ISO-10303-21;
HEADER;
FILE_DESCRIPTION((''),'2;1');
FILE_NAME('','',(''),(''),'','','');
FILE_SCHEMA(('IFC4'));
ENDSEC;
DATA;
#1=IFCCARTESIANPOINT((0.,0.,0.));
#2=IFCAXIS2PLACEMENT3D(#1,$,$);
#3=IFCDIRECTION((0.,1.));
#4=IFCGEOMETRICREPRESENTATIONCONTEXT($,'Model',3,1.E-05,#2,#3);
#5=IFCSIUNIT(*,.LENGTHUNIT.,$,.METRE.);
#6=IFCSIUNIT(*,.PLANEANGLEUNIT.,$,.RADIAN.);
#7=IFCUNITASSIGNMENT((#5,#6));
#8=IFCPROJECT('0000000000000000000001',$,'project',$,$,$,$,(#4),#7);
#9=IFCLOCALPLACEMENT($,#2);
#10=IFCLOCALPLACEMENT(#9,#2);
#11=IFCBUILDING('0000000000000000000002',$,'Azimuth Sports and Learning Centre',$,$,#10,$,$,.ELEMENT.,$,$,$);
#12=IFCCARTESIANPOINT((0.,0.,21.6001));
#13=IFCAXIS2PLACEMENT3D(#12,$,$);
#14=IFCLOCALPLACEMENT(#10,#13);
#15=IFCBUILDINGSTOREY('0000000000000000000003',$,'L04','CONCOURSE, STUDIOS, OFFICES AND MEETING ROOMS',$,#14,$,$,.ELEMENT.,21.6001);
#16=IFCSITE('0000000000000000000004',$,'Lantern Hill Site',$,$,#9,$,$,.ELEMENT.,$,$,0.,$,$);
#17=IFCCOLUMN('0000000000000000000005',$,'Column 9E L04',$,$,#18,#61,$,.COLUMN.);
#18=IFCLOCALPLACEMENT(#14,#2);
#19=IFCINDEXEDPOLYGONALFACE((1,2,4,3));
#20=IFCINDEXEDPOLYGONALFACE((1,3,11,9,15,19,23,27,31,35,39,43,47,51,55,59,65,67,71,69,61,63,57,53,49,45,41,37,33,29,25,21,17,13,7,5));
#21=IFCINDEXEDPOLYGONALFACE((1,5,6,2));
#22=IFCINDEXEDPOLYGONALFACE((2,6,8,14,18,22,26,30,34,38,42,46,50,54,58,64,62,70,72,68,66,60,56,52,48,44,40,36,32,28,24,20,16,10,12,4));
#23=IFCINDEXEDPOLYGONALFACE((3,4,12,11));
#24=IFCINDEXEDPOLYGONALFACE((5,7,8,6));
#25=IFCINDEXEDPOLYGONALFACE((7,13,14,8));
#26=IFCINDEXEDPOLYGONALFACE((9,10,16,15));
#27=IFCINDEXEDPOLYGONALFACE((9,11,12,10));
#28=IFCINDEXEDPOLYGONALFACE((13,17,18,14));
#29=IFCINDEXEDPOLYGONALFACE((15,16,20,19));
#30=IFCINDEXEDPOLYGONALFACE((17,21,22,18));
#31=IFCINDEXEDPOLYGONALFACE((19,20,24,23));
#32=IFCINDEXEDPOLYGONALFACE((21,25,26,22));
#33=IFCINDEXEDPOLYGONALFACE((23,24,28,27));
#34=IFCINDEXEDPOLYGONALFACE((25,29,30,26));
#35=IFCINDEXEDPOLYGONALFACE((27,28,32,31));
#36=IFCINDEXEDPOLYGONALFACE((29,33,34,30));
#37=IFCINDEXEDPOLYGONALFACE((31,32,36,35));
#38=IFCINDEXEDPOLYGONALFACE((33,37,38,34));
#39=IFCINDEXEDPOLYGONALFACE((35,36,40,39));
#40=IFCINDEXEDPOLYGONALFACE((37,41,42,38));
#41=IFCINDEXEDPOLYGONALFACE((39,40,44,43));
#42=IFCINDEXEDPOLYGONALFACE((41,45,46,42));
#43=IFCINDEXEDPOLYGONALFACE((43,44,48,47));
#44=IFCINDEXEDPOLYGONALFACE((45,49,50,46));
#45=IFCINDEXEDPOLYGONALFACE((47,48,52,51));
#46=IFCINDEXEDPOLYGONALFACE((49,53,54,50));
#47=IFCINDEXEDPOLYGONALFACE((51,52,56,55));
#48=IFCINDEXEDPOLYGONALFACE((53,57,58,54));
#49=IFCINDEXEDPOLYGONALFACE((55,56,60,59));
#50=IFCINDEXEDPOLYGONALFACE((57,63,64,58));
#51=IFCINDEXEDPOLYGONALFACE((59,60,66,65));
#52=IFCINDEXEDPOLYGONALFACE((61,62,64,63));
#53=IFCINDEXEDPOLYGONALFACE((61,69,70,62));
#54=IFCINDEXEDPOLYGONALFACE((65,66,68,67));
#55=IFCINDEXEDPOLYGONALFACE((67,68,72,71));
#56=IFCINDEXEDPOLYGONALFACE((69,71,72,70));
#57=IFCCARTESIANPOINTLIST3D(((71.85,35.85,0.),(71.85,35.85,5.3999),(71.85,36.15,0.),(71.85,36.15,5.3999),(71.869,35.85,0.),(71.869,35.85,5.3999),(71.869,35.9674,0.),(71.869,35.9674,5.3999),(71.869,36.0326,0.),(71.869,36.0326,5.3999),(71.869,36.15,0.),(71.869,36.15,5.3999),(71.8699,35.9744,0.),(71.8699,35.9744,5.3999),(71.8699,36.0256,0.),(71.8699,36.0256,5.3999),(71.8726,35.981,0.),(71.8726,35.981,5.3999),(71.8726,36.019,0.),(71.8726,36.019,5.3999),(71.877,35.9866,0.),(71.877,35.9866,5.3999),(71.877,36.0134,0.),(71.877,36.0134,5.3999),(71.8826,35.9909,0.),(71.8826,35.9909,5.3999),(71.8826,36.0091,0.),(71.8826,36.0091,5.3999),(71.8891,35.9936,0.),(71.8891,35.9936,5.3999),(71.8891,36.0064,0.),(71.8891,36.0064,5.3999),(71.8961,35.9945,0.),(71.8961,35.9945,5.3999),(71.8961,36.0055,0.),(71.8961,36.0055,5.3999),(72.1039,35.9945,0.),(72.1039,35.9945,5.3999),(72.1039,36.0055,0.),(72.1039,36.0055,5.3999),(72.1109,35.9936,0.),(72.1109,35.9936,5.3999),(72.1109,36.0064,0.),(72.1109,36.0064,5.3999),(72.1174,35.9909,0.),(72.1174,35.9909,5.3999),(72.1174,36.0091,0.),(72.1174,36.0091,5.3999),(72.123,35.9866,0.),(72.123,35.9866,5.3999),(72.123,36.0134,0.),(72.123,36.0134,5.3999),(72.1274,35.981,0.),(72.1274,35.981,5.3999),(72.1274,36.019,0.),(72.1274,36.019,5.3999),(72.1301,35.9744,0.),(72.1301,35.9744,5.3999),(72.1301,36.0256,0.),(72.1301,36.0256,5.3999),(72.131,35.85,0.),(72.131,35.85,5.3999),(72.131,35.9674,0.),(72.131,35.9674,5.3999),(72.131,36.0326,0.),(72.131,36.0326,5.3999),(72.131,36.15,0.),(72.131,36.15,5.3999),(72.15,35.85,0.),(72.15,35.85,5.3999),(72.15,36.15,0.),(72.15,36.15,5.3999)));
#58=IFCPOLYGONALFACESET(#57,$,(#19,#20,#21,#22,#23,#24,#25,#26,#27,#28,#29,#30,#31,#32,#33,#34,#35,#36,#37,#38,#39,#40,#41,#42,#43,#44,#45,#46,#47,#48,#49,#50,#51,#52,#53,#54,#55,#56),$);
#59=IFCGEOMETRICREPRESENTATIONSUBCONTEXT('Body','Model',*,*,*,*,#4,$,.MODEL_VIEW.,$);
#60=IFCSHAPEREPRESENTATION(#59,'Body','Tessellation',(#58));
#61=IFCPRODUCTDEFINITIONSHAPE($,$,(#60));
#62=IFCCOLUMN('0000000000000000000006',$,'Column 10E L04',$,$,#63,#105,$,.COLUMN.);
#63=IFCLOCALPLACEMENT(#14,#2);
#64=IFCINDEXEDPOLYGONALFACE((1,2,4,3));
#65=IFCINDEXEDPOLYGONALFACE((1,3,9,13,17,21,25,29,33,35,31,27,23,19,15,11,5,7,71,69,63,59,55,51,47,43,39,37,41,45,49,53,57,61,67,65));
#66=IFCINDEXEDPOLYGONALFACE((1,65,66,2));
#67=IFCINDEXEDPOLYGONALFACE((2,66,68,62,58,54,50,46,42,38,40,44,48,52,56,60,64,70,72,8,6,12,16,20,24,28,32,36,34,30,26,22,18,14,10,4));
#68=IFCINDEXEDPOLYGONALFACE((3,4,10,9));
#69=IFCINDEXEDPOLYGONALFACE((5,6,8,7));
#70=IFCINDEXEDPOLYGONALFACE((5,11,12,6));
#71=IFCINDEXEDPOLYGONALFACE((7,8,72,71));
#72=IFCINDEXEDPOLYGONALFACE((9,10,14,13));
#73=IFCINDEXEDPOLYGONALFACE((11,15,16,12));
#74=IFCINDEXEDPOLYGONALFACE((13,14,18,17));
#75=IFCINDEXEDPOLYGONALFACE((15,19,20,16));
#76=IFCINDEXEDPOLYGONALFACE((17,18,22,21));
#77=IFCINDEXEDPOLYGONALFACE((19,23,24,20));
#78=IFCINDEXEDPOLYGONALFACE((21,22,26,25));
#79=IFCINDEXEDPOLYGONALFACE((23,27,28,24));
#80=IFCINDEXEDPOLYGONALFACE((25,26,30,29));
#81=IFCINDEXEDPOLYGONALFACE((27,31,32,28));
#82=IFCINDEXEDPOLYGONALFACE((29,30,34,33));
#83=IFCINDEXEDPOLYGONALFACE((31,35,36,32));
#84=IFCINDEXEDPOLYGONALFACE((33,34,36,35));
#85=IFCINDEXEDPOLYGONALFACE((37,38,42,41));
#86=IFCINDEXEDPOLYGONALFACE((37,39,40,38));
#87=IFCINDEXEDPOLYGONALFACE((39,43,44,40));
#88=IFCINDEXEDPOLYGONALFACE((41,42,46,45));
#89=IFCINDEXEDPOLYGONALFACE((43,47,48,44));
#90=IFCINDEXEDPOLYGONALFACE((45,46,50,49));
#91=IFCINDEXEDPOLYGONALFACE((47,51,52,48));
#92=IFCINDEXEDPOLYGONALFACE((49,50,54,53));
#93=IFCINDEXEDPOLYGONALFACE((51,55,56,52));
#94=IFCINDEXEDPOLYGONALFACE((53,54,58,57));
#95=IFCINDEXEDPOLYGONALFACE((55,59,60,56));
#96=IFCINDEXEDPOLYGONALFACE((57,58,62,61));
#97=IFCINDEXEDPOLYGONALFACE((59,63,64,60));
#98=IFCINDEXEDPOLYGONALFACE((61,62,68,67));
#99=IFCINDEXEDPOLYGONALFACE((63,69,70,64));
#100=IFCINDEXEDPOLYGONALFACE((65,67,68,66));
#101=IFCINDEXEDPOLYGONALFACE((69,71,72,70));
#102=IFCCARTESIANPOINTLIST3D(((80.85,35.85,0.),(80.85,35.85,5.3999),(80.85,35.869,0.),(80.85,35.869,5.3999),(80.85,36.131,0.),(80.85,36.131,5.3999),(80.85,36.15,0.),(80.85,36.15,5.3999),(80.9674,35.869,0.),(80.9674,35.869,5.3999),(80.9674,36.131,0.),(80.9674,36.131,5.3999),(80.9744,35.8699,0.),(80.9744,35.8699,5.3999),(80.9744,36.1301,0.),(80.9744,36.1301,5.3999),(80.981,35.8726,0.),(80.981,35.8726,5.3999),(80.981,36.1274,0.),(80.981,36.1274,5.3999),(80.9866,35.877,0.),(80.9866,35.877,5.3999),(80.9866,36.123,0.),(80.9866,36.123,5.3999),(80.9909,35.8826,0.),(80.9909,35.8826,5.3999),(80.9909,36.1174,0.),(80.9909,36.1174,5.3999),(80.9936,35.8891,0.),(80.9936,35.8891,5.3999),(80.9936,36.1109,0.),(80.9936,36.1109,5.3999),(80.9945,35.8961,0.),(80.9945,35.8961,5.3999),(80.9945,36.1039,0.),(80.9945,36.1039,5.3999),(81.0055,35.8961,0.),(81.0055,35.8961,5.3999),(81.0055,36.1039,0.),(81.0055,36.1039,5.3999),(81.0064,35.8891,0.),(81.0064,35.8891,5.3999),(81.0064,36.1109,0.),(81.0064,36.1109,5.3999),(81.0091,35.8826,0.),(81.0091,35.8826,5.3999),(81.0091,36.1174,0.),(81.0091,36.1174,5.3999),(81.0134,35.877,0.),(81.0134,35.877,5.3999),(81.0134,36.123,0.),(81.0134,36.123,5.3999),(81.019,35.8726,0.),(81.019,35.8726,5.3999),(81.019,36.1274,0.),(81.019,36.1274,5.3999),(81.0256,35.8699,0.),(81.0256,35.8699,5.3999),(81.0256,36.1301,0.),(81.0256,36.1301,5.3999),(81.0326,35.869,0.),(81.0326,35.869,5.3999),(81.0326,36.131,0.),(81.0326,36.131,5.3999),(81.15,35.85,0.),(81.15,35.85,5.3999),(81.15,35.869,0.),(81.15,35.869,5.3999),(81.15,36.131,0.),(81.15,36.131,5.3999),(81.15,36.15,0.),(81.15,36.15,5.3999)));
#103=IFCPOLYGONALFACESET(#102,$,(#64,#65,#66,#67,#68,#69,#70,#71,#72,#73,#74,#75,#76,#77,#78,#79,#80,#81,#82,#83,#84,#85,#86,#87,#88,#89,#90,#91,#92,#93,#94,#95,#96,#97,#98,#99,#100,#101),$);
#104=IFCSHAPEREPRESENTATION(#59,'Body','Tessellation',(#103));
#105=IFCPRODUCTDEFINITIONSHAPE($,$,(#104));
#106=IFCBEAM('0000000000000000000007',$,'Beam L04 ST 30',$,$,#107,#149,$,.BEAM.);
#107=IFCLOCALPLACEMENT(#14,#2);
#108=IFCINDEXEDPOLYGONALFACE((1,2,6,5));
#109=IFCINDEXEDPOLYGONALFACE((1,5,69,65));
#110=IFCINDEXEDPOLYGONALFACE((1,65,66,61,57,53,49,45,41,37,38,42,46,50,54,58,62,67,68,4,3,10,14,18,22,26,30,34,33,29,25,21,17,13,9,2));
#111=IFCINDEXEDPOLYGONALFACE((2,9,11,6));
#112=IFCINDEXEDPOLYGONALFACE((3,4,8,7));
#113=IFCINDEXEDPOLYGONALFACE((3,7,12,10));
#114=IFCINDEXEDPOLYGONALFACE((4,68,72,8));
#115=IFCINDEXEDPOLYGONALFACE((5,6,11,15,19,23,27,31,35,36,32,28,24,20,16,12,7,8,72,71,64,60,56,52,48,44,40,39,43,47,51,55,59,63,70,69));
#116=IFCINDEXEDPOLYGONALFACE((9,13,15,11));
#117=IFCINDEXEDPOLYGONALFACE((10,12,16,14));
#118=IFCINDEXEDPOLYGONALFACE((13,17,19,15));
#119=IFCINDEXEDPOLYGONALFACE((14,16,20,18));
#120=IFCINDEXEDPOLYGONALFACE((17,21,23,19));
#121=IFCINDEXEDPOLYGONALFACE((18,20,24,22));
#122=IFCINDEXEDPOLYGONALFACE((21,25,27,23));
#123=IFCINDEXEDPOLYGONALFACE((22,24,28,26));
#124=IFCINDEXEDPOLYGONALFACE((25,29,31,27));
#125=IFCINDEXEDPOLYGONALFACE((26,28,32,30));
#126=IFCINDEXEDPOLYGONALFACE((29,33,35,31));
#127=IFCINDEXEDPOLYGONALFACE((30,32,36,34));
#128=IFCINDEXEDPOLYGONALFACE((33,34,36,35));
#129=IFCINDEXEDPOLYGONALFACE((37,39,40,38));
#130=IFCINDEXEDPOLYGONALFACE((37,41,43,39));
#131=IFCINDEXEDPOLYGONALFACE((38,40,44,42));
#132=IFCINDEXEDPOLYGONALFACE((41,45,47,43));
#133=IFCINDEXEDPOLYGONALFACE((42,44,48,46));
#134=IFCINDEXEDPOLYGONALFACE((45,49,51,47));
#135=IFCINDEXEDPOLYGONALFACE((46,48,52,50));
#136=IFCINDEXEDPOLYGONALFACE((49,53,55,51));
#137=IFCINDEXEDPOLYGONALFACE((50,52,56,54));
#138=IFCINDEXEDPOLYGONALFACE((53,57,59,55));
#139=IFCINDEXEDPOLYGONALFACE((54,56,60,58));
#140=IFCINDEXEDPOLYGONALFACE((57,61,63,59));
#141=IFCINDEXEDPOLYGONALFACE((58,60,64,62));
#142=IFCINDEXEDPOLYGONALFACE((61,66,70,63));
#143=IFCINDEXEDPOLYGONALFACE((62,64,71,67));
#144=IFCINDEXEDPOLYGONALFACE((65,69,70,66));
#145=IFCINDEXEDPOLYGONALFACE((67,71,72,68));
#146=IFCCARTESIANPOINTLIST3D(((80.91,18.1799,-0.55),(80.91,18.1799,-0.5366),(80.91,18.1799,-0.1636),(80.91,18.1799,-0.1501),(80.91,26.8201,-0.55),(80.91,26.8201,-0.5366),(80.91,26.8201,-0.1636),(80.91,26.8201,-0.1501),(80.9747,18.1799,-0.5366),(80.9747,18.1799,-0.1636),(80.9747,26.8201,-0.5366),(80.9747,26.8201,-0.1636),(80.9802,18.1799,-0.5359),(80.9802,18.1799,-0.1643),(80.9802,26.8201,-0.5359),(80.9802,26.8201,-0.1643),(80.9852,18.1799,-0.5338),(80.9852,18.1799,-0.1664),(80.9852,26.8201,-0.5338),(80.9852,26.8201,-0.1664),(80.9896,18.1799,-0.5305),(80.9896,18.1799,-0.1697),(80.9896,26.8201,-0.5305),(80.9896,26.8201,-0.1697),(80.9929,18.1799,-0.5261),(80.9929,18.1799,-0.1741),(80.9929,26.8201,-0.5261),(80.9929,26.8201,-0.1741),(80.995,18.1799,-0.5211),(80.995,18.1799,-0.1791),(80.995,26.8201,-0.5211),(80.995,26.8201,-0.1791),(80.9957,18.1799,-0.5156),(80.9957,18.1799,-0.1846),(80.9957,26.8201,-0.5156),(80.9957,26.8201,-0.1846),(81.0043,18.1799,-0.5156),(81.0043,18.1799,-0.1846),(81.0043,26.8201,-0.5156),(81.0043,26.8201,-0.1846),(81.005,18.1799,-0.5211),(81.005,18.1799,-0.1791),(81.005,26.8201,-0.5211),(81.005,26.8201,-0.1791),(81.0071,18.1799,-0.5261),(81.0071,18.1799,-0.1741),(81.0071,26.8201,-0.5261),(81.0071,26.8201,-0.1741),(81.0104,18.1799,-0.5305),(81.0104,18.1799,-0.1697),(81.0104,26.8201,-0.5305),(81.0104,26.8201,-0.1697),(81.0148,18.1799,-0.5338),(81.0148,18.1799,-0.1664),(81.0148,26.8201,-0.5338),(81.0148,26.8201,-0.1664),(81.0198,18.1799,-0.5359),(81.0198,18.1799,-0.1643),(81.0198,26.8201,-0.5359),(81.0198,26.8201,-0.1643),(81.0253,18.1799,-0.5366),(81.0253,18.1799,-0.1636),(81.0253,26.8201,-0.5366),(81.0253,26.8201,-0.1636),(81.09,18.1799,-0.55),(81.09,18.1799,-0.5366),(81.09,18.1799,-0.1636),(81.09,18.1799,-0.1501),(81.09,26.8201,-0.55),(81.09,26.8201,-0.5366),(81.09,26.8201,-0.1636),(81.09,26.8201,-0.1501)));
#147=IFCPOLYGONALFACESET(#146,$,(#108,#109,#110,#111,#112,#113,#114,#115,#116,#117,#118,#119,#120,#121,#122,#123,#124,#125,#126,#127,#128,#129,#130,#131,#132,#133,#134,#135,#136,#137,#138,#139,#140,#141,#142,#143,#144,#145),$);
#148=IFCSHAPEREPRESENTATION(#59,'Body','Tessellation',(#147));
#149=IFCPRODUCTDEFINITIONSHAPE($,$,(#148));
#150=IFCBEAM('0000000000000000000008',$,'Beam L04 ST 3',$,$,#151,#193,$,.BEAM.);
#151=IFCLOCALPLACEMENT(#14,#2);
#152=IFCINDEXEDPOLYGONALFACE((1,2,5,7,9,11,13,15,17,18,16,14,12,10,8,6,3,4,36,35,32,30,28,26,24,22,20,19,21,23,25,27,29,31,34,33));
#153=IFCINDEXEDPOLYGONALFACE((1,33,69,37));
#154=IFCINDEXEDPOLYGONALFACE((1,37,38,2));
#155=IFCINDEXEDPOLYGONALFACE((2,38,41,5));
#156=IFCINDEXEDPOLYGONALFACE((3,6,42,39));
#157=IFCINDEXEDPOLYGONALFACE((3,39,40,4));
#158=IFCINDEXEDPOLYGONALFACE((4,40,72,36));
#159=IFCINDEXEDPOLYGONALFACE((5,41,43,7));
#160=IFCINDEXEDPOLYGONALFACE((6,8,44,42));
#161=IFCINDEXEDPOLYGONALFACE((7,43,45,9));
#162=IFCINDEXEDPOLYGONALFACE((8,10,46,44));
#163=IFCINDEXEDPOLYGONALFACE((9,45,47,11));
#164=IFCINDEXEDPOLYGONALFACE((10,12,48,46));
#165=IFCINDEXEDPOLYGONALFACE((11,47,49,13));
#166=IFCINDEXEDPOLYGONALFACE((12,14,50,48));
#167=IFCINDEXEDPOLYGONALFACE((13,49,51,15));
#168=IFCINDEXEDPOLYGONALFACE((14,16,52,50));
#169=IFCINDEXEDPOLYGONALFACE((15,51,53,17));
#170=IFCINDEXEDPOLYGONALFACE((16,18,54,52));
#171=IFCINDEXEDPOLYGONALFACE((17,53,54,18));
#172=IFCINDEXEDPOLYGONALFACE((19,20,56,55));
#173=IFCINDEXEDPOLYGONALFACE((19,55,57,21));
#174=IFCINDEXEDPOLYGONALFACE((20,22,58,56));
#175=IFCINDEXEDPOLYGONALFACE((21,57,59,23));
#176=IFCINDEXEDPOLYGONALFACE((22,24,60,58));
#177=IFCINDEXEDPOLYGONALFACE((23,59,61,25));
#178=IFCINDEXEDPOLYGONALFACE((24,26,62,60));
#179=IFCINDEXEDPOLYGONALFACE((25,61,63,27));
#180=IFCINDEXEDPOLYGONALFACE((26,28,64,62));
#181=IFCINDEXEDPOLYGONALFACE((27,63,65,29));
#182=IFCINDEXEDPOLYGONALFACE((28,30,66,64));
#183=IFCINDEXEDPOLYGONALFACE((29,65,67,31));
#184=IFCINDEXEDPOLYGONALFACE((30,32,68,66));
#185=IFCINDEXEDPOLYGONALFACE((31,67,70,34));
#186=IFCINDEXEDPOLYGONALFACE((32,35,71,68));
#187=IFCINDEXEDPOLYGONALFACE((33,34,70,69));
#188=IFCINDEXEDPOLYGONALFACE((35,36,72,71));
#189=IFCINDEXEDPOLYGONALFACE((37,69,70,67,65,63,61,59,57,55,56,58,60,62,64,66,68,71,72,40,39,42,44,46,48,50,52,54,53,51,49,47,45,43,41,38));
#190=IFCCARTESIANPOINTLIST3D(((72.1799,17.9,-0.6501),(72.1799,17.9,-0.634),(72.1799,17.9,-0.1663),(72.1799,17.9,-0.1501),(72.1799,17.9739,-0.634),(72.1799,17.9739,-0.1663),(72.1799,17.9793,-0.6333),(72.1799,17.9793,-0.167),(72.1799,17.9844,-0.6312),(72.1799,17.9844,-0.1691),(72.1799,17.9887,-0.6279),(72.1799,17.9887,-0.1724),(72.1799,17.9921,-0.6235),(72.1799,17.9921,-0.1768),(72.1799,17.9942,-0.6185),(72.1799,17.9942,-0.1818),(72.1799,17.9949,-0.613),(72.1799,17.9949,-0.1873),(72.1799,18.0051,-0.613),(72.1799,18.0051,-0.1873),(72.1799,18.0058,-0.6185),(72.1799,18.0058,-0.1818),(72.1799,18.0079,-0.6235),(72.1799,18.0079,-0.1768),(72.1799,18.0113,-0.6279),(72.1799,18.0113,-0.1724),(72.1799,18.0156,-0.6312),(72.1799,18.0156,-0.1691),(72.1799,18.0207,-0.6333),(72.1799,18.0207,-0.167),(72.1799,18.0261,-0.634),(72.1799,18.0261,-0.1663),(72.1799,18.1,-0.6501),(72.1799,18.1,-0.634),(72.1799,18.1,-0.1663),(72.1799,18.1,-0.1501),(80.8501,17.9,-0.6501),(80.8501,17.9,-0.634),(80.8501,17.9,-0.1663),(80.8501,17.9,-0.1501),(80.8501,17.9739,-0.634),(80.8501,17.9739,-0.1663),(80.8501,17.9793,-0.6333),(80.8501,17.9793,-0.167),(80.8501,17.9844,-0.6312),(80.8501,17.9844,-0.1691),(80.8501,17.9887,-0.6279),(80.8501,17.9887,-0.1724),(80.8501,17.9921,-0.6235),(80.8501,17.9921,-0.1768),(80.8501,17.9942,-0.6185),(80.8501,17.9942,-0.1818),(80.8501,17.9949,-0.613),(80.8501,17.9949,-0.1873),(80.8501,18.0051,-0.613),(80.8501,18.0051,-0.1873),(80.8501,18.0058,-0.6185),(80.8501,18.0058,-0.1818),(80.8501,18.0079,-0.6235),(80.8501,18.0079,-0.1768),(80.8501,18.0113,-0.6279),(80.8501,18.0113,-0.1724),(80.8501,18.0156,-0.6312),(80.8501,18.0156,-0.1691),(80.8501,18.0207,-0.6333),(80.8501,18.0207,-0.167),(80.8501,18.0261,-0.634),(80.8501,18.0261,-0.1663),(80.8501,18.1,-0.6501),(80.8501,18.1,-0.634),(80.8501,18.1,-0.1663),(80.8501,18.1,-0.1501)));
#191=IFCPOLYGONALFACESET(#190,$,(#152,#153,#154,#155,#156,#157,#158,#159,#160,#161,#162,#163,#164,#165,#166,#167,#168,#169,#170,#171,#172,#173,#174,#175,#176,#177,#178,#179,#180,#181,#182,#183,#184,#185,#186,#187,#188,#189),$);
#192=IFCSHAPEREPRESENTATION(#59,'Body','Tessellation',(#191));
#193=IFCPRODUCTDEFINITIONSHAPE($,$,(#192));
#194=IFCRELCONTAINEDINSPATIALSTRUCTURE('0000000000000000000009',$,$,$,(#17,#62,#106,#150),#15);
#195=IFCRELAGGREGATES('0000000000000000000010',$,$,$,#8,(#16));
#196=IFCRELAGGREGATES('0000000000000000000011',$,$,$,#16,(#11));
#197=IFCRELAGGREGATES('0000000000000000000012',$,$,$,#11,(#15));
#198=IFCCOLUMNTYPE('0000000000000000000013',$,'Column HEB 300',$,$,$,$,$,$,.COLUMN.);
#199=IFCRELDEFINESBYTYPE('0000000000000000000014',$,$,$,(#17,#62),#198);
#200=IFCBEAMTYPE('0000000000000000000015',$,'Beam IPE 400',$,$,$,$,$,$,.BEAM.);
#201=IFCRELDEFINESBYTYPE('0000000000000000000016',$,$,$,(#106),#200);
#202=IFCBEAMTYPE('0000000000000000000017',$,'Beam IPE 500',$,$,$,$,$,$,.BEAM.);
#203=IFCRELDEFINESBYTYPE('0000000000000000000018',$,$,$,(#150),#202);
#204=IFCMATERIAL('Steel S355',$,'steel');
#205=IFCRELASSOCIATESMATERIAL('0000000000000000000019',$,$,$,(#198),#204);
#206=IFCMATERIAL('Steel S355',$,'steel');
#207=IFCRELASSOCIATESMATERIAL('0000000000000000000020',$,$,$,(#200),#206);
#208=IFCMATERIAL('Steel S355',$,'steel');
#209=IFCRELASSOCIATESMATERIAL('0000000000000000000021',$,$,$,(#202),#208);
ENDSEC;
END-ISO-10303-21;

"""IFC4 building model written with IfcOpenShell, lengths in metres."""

from ifc_helpers import new_model, si_unit, direction, frame, origin, origin_2d, place, context, subcontext, project, spatial, i_section, extrude, material, material_profile, profile_set, type_object, element, save


model = new_model("IFC4")

# Units and contexts
model_context = context("Model", 3, precision=1e-05, world=origin(), true_north=direction((0.0, 1.0)))
body_context = subcontext(model_context, "Body", "Model", "MODEL_VIEW")
ifc_project = project(units=[si_unit("LENGTHUNIT", "METRE"), si_unit("PLANEANGLEUNIT", "RADIAN")], contexts=[model_context])

# Site, building, storey
site_placement = place(None, origin())
site = spatial("IfcSite", under=ifc_project, at=site_placement, Name="Lantern Hill Site", CompositionType="ELEMENT", RefElevation=0.0)
building_placement = place(site_placement, origin())
building = spatial("IfcBuilding", under=site, at=building_placement, Name="Azimuth Sports and Learning Centre", CompositionType="ELEMENT")
storey_placement = place(building_placement, frame((0.0, 0.0, 21.6001)))
storey = spatial("IfcBuildingStorey", under=building, at=storey_placement, Name="L04", Description="CONCOURSE, STUDIOS, OFFICES AND MEETING ROOMS", CompositionType="ELEMENT", Elevation=21.6001)

# Columns
ifc_material_1 = material(Name="Steel S355", Category="steel")
ifc_material_profile_1 = material_profile(ifc_material_1, i_section(OverallWidth=0.3, OverallDepth=0.3, WebThickness=0.011, FlangeThickness=0.019, FilletRadius=0.0271, at=origin_2d()), Name="HEB 300")
ifc_profile_set_1 = profile_set([ifc_material_profile_1], Name="Steel S355")
column_type = type_object("IfcColumnType", Name="Column HEB 300", PredefinedType="COLUMN", material=ifc_profile_set_1)
for number, where, z_axis, x_axis, name in (
    (1, (72.0, 36.0, 0.0), (0.0, 0.0, 1.0), (0.0, 1.0, 0.0), "Column 9E L04"),
    (2, (81.0, 36.0, 0.0), (0.0, 0.0, 1.0), (1.0, 0.0, 0.0), "Column 10E L04"),
):
    element("IfcColumn", number, at=place(storey_placement, frame(where, z_axis=z_axis, x_axis=x_axis)), inside=storey, type_object=column_type, Name=name, PredefinedType="COLUMN", context=body_context, shape_type="SweptSolid", body=[
        extrude(i_section(OverallWidth=0.3, OverallDepth=0.3, WebThickness=0.011, FlangeThickness=0.019, FilletRadius=0.0271, at=origin_2d()), origin(), (0.0, 0.0, 1.0), 5.3999),
    ])

# Beams
ifc_material_2 = material(Name="Steel S355", Category="steel")
ifc_material_profile_2 = material_profile(ifc_material_2, i_section(OverallWidth=0.1799, OverallDepth=0.3999, WebThickness=0.0085, FlangeThickness=0.0134, FilletRadius=0.021, at=origin_2d()), Name="IPE 400")
ifc_profile_set_2 = profile_set([ifc_material_profile_2], Name="Steel S355")
beam_type_1 = type_object("IfcBeamType", Name="Beam IPE 400", PredefinedType="BEAM", material=ifc_profile_set_2)
beam_1_placement = place(storey_placement, frame((81.0, 18.1799, -0.3501), z_axis=(0.0, 1.0, 0.0), x_axis=(-1.0, 0.0, 0.0)))
element("IfcBeam", 3, at=beam_1_placement, inside=storey, type_object=beam_type_1, Name="Beam L04 ST 30", PredefinedType="BEAM", context=body_context, shape_type="SweptSolid", body=[
    extrude(i_section(OverallWidth=0.1799, OverallDepth=0.3999, WebThickness=0.0085, FlangeThickness=0.0134, FilletRadius=0.021, at=origin_2d()), origin(), (0.0, 0.0, 1.0), 8.6401),
])
ifc_material_3 = material(Name="Steel S355", Category="steel")
ifc_material_profile_3 = material_profile(ifc_material_3, i_section(OverallWidth=0.2, OverallDepth=0.5, WebThickness=0.0103, FlangeThickness=0.0161, FilletRadius=0.021, at=origin_2d()), Name="IPE 500")
ifc_profile_set_3 = profile_set([ifc_material_profile_3], Name="Steel S355")
beam_type_2 = type_object("IfcBeamType", Name="Beam IPE 500", PredefinedType="BEAM", material=ifc_profile_set_3)
beam_2_placement = place(storey_placement, frame((72.1799, 18.0, -0.4001), z_axis=(1.0, 0.0, 0.0), x_axis=(0.0, 1.0, 0.0)))
element("IfcBeam", 4, at=beam_2_placement, inside=storey, type_object=beam_type_2, Name="Beam L04 ST 3", PredefinedType="BEAM", context=body_context, shape_type="SweptSolid", body=[
    extrude(i_section(OverallWidth=0.2, OverallDepth=0.5, WebThickness=0.0103, FlangeThickness=0.0161, FilletRadius=0.021, at=origin_2d()), origin(), (0.0, 0.0, 1.0), 8.6702),
])

save(model, "model.ifc")
